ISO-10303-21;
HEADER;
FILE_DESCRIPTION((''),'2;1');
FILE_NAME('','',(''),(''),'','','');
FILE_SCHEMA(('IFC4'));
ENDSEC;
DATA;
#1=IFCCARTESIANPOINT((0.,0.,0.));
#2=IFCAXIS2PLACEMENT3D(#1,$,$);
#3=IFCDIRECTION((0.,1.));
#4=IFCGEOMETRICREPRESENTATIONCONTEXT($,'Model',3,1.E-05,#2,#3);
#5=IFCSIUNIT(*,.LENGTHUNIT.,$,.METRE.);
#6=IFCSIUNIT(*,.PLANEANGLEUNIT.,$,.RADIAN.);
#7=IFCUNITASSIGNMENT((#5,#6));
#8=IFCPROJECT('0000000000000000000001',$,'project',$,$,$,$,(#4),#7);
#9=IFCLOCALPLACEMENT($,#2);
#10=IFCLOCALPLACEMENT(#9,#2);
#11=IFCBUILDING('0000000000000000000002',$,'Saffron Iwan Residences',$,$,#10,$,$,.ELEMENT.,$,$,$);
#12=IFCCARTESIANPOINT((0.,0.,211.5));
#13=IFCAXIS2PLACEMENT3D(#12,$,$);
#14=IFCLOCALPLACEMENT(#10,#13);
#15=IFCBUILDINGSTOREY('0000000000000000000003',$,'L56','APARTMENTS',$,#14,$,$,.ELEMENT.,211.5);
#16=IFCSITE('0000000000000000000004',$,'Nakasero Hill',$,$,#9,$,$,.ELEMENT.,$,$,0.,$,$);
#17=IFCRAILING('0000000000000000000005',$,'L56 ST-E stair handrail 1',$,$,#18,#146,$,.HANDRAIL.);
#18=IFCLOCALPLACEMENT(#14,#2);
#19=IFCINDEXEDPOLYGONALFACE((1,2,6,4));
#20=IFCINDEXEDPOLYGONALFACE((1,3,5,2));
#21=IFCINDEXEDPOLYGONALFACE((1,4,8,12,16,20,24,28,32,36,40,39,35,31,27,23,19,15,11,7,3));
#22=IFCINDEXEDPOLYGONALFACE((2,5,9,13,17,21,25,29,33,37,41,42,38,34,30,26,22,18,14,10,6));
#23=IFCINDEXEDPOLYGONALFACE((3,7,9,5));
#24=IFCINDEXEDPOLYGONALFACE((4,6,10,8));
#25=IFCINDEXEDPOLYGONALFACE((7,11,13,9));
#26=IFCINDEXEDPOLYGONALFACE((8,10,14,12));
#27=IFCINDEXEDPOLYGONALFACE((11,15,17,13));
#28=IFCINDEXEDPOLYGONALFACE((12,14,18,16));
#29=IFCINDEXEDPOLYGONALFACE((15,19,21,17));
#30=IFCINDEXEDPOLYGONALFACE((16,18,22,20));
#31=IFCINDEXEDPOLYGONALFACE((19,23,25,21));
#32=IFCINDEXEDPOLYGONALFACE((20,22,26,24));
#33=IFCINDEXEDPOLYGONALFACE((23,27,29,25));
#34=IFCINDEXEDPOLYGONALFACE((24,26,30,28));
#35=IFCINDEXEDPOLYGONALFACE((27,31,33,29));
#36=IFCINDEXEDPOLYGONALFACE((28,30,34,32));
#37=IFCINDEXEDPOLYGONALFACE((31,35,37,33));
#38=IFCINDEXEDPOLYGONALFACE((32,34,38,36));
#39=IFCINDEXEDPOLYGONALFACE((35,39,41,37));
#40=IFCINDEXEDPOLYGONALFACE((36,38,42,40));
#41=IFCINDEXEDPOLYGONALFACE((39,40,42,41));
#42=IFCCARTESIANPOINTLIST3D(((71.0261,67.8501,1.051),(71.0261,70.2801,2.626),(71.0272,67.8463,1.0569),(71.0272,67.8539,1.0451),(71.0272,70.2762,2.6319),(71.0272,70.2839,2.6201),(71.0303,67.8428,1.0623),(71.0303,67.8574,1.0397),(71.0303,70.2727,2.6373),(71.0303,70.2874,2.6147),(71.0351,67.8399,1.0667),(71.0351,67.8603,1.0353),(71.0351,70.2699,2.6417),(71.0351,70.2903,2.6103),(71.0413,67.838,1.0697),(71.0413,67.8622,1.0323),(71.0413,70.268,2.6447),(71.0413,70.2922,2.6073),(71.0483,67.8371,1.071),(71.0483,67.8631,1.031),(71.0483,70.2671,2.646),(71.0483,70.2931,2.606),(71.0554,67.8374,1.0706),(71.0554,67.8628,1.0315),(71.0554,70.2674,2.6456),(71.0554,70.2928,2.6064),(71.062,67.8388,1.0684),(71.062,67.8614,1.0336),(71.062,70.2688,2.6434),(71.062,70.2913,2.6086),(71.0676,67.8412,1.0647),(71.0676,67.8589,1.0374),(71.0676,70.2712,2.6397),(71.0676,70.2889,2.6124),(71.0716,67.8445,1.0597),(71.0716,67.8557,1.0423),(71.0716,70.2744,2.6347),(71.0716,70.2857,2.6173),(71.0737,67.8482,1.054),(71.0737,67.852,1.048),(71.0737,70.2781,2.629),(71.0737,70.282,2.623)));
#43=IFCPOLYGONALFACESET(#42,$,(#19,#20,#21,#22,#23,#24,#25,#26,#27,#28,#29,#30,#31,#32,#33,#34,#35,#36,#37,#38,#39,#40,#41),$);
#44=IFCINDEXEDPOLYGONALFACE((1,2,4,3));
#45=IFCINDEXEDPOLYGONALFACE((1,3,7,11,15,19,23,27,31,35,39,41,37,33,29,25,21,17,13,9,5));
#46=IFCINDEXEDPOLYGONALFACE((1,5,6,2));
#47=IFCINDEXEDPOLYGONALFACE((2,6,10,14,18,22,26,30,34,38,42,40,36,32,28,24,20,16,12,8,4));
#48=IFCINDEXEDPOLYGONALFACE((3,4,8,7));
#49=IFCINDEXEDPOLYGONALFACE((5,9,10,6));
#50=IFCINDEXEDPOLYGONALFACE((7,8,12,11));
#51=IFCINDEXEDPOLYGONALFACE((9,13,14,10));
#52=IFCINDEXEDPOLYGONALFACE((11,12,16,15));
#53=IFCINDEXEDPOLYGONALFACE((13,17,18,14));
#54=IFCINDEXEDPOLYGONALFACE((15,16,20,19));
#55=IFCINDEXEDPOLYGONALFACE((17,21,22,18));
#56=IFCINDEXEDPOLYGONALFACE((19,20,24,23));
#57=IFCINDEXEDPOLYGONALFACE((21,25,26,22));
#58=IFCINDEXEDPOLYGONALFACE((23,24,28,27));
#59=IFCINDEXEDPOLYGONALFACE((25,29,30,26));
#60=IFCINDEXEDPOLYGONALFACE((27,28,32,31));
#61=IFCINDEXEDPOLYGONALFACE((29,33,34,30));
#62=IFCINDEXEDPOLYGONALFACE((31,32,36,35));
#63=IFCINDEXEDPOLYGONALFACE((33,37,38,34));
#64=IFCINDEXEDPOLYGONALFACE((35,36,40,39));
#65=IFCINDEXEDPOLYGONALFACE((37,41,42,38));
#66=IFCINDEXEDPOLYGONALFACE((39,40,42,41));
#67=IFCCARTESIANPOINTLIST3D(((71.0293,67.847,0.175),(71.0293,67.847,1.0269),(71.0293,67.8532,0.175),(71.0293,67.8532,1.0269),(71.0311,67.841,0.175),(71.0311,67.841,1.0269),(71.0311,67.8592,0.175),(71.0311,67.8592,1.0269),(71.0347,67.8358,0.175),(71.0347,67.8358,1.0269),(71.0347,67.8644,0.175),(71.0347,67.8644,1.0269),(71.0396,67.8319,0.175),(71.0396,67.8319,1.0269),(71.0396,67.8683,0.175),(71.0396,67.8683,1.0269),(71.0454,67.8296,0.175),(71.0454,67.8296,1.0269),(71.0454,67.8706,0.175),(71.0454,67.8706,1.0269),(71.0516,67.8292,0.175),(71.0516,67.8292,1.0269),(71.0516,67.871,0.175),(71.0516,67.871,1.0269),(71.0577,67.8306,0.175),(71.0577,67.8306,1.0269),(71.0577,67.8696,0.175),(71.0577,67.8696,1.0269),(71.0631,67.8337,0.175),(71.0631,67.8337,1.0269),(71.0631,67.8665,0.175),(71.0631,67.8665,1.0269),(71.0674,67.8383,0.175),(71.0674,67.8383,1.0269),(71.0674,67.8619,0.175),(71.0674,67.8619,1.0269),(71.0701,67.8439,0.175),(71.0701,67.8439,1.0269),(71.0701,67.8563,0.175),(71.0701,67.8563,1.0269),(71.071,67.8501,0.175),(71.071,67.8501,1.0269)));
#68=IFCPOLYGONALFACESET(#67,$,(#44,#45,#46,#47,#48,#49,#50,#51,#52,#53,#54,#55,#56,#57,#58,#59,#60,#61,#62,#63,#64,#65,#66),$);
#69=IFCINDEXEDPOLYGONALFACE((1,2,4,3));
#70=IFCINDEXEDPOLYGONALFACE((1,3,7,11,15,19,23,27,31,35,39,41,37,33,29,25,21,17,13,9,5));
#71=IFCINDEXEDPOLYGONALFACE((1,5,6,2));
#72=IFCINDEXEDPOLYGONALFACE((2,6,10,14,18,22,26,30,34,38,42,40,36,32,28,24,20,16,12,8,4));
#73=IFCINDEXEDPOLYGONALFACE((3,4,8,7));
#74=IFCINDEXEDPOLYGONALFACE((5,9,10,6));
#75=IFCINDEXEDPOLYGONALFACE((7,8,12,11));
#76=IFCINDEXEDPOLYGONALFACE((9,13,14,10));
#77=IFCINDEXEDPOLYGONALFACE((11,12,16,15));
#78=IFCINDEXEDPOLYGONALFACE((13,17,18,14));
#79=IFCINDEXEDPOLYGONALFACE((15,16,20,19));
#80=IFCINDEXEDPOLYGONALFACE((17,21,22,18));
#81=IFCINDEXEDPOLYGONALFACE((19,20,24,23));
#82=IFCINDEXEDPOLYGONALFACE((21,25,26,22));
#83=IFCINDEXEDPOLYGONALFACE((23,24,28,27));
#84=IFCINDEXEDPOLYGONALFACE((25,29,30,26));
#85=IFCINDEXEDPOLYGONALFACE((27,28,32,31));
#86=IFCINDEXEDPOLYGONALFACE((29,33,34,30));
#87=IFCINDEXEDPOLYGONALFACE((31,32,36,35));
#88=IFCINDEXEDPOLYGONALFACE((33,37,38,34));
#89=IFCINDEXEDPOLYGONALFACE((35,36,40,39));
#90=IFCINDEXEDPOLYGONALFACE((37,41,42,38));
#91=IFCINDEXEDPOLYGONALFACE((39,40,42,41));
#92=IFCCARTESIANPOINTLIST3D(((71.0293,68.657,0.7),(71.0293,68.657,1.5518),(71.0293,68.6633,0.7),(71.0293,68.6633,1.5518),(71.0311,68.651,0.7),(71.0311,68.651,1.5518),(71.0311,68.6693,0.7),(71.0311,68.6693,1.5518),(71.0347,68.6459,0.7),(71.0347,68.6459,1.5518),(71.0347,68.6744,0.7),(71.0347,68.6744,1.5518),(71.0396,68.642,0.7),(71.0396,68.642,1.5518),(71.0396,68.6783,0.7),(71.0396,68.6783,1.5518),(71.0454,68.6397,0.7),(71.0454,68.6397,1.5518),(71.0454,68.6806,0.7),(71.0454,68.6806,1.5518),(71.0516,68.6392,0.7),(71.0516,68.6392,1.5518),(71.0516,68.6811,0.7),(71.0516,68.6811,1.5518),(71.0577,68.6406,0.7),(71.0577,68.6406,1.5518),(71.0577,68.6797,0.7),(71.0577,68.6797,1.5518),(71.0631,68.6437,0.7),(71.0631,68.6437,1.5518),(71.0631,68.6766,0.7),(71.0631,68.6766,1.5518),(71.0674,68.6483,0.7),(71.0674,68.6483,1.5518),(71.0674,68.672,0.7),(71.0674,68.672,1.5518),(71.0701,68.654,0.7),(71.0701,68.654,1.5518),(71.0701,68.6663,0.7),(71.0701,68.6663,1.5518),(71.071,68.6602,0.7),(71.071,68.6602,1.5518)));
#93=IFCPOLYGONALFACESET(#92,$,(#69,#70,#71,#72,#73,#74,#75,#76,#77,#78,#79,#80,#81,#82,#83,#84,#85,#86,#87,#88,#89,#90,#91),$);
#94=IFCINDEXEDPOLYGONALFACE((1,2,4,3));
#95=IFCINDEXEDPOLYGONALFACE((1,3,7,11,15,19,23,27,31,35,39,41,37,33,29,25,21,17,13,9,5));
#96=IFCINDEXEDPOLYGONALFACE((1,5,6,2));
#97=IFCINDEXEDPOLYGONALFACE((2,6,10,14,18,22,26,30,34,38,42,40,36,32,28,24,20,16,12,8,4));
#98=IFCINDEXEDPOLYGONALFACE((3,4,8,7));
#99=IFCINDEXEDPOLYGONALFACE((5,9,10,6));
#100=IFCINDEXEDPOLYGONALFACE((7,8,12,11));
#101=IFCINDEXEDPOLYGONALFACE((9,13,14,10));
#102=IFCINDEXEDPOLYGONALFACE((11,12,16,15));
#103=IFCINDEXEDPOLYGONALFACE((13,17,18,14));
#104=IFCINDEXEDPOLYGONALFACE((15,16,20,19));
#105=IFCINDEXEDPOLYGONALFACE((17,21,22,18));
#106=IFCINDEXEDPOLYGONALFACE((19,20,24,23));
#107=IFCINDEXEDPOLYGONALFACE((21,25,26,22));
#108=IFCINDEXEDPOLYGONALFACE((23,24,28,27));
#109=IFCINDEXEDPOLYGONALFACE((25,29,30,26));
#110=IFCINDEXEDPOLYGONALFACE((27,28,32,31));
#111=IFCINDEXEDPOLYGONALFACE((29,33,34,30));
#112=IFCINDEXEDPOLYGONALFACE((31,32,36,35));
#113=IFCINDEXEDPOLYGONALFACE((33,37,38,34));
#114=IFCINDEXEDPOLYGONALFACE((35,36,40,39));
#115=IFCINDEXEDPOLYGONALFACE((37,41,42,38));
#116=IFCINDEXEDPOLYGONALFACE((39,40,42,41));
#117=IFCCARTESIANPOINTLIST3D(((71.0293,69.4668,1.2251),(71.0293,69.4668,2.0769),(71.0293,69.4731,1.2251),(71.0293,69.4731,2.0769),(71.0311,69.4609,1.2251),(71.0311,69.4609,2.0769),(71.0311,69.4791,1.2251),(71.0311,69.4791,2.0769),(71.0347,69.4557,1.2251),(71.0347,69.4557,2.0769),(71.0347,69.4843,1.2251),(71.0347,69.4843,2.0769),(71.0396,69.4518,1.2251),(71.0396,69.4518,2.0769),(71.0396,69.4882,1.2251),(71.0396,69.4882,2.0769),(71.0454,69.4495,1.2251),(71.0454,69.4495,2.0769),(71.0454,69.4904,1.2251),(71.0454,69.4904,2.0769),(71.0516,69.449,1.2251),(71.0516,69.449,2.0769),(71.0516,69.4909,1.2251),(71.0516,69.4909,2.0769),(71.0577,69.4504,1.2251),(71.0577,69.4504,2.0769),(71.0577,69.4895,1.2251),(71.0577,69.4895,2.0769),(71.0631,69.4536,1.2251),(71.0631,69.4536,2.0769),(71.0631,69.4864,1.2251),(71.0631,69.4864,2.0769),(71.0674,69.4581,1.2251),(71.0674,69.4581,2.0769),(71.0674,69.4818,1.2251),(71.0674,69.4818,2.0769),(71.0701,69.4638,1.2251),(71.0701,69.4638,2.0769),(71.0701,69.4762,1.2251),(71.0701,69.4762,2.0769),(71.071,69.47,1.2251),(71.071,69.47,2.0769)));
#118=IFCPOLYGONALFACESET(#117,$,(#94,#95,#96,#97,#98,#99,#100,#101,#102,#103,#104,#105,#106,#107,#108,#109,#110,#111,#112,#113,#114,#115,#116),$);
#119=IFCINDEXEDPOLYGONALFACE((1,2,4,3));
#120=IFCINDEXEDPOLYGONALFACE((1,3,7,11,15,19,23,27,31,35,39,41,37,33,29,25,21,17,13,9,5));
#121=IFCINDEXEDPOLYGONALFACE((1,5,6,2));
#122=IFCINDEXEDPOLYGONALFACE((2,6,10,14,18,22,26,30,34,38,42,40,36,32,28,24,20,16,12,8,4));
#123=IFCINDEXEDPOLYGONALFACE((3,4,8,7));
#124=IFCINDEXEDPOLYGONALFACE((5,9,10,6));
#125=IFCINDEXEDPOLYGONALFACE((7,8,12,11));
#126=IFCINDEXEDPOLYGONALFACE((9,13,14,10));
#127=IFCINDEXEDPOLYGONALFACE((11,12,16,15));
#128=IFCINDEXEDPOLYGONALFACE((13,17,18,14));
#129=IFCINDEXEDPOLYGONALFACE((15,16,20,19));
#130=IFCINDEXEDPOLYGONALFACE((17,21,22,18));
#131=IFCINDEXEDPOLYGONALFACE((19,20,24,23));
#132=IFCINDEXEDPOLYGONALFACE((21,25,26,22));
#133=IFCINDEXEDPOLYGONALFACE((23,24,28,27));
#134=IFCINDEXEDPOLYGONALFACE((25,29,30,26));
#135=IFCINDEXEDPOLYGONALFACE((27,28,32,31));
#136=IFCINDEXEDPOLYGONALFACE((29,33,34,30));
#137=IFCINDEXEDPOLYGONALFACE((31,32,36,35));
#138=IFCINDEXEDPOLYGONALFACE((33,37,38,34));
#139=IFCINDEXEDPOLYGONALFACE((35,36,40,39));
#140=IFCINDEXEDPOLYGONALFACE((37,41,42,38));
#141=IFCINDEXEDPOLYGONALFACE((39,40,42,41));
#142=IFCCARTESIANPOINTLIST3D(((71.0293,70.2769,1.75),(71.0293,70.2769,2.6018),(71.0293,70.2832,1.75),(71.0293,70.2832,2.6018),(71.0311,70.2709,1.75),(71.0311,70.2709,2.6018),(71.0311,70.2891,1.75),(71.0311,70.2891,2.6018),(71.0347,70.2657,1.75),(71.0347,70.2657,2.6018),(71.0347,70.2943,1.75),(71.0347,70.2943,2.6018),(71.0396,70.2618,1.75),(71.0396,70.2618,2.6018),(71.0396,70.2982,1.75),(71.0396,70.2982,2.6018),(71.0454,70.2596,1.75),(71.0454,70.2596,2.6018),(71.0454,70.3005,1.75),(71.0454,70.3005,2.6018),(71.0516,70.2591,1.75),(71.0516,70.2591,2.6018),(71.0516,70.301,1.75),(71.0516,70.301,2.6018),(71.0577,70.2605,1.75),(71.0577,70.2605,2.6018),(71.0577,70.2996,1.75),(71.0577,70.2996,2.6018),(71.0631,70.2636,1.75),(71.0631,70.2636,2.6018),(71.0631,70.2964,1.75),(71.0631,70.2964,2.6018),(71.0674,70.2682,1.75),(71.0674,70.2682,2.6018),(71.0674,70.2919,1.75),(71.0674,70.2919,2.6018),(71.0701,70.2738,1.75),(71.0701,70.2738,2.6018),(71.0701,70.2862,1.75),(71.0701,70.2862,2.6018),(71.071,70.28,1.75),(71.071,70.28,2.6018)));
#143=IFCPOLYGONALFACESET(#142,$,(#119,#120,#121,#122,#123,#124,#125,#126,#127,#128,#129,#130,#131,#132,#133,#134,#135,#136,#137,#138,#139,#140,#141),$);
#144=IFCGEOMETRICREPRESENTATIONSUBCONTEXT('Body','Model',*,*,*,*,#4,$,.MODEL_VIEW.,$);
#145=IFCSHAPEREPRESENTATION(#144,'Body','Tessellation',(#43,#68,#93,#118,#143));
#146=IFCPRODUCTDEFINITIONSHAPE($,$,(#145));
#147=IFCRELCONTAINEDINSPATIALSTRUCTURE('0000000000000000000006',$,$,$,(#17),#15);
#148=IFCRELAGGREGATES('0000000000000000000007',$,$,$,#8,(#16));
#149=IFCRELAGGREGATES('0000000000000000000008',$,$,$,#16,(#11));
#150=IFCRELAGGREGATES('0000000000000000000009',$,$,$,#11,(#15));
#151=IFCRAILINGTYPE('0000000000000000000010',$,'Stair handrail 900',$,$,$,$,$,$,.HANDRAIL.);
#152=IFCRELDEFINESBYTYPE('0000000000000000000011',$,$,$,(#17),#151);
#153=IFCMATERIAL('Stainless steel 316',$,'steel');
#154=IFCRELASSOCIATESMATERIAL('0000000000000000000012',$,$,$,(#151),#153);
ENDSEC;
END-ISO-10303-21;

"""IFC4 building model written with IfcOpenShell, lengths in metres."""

from ifc_helpers import new_model, si_unit, direction, frame, origin, origin_2d, place, context, subcontext, project, spatial, circle, extrude, material, type_object, element, save


model = new_model("IFC4")

# Units and contexts
model_context = context("Model", 3, precision=1e-05, world=origin(), true_north=direction((0.0, 1.0)))
body_context = subcontext(model_context, "Body", "Model", "MODEL_VIEW")
ifc_project = project(units=[si_unit("LENGTHUNIT", "METRE"), si_unit("PLANEANGLEUNIT", "RADIAN")], contexts=[model_context])

# Site, building, storey
site_placement = place(None, origin())
site = spatial("IfcSite", under=ifc_project, at=site_placement, Name="Nakasero Hill", CompositionType="ELEMENT", RefElevation=0.0)
building_placement = place(site_placement, origin())
building = spatial("IfcBuilding", under=site, at=building_placement, Name="Saffron Iwan Residences", CompositionType="ELEMENT")
storey_placement = place(building_placement, frame((0.0, 0.0, 211.5)))
storey = spatial("IfcBuildingStorey", under=building, at=storey_placement, Name="L56", Description="APARTMENTS", CompositionType="ELEMENT", Elevation=211.5)

# Railing
ifc_material_1 = material(Name="Stainless steel 316", Category="steel")
railing_type_1 = type_object("IfcRailingType", Name="Stair handrail 900", PredefinedType="HANDRAIL", material=ifc_material_1)
railing_1_placement = place(storey_placement, frame((71.05, 67.8501, 0.175)))
element("IfcRailing", 1, at=railing_1_placement, inside=storey, type_object=railing_type_1, Name="L56 ST-E stair handrail 1", PredefinedType="HANDRAIL", context=body_context, shape_type="SweptSolid", body=[
    extrude(circle(Radius=0.0239, at=origin_2d()), frame((0.0, 0.0, 0.876), z_axis=(0.0, 0.839154, 0.543894), x_axis=(-1.0, 0.0, 0.0)), (0.0, 0.0, 1.0), 2.8958),
    extrude(circle(Radius=0.021, at=origin_2d()), origin(), (0.0, 0.0, 1.0), 0.8518),
    extrude(circle(Radius=0.021, at=origin_2d()), frame((0.0, 0.8101, 0.5249)), (0.0, 0.0, 1.0), 0.8518),
    extrude(circle(Radius=0.021, at=origin_2d()), frame((0.0, 1.6199, 1.05)), (0.0, 0.0, 1.0), 0.8518),
    extrude(circle(Radius=0.021, at=origin_2d()), frame((0.0, 2.4299, 1.575)), (0.0, 0.0, 1.0), 0.8518),
])

save(model, "model.ifc")
